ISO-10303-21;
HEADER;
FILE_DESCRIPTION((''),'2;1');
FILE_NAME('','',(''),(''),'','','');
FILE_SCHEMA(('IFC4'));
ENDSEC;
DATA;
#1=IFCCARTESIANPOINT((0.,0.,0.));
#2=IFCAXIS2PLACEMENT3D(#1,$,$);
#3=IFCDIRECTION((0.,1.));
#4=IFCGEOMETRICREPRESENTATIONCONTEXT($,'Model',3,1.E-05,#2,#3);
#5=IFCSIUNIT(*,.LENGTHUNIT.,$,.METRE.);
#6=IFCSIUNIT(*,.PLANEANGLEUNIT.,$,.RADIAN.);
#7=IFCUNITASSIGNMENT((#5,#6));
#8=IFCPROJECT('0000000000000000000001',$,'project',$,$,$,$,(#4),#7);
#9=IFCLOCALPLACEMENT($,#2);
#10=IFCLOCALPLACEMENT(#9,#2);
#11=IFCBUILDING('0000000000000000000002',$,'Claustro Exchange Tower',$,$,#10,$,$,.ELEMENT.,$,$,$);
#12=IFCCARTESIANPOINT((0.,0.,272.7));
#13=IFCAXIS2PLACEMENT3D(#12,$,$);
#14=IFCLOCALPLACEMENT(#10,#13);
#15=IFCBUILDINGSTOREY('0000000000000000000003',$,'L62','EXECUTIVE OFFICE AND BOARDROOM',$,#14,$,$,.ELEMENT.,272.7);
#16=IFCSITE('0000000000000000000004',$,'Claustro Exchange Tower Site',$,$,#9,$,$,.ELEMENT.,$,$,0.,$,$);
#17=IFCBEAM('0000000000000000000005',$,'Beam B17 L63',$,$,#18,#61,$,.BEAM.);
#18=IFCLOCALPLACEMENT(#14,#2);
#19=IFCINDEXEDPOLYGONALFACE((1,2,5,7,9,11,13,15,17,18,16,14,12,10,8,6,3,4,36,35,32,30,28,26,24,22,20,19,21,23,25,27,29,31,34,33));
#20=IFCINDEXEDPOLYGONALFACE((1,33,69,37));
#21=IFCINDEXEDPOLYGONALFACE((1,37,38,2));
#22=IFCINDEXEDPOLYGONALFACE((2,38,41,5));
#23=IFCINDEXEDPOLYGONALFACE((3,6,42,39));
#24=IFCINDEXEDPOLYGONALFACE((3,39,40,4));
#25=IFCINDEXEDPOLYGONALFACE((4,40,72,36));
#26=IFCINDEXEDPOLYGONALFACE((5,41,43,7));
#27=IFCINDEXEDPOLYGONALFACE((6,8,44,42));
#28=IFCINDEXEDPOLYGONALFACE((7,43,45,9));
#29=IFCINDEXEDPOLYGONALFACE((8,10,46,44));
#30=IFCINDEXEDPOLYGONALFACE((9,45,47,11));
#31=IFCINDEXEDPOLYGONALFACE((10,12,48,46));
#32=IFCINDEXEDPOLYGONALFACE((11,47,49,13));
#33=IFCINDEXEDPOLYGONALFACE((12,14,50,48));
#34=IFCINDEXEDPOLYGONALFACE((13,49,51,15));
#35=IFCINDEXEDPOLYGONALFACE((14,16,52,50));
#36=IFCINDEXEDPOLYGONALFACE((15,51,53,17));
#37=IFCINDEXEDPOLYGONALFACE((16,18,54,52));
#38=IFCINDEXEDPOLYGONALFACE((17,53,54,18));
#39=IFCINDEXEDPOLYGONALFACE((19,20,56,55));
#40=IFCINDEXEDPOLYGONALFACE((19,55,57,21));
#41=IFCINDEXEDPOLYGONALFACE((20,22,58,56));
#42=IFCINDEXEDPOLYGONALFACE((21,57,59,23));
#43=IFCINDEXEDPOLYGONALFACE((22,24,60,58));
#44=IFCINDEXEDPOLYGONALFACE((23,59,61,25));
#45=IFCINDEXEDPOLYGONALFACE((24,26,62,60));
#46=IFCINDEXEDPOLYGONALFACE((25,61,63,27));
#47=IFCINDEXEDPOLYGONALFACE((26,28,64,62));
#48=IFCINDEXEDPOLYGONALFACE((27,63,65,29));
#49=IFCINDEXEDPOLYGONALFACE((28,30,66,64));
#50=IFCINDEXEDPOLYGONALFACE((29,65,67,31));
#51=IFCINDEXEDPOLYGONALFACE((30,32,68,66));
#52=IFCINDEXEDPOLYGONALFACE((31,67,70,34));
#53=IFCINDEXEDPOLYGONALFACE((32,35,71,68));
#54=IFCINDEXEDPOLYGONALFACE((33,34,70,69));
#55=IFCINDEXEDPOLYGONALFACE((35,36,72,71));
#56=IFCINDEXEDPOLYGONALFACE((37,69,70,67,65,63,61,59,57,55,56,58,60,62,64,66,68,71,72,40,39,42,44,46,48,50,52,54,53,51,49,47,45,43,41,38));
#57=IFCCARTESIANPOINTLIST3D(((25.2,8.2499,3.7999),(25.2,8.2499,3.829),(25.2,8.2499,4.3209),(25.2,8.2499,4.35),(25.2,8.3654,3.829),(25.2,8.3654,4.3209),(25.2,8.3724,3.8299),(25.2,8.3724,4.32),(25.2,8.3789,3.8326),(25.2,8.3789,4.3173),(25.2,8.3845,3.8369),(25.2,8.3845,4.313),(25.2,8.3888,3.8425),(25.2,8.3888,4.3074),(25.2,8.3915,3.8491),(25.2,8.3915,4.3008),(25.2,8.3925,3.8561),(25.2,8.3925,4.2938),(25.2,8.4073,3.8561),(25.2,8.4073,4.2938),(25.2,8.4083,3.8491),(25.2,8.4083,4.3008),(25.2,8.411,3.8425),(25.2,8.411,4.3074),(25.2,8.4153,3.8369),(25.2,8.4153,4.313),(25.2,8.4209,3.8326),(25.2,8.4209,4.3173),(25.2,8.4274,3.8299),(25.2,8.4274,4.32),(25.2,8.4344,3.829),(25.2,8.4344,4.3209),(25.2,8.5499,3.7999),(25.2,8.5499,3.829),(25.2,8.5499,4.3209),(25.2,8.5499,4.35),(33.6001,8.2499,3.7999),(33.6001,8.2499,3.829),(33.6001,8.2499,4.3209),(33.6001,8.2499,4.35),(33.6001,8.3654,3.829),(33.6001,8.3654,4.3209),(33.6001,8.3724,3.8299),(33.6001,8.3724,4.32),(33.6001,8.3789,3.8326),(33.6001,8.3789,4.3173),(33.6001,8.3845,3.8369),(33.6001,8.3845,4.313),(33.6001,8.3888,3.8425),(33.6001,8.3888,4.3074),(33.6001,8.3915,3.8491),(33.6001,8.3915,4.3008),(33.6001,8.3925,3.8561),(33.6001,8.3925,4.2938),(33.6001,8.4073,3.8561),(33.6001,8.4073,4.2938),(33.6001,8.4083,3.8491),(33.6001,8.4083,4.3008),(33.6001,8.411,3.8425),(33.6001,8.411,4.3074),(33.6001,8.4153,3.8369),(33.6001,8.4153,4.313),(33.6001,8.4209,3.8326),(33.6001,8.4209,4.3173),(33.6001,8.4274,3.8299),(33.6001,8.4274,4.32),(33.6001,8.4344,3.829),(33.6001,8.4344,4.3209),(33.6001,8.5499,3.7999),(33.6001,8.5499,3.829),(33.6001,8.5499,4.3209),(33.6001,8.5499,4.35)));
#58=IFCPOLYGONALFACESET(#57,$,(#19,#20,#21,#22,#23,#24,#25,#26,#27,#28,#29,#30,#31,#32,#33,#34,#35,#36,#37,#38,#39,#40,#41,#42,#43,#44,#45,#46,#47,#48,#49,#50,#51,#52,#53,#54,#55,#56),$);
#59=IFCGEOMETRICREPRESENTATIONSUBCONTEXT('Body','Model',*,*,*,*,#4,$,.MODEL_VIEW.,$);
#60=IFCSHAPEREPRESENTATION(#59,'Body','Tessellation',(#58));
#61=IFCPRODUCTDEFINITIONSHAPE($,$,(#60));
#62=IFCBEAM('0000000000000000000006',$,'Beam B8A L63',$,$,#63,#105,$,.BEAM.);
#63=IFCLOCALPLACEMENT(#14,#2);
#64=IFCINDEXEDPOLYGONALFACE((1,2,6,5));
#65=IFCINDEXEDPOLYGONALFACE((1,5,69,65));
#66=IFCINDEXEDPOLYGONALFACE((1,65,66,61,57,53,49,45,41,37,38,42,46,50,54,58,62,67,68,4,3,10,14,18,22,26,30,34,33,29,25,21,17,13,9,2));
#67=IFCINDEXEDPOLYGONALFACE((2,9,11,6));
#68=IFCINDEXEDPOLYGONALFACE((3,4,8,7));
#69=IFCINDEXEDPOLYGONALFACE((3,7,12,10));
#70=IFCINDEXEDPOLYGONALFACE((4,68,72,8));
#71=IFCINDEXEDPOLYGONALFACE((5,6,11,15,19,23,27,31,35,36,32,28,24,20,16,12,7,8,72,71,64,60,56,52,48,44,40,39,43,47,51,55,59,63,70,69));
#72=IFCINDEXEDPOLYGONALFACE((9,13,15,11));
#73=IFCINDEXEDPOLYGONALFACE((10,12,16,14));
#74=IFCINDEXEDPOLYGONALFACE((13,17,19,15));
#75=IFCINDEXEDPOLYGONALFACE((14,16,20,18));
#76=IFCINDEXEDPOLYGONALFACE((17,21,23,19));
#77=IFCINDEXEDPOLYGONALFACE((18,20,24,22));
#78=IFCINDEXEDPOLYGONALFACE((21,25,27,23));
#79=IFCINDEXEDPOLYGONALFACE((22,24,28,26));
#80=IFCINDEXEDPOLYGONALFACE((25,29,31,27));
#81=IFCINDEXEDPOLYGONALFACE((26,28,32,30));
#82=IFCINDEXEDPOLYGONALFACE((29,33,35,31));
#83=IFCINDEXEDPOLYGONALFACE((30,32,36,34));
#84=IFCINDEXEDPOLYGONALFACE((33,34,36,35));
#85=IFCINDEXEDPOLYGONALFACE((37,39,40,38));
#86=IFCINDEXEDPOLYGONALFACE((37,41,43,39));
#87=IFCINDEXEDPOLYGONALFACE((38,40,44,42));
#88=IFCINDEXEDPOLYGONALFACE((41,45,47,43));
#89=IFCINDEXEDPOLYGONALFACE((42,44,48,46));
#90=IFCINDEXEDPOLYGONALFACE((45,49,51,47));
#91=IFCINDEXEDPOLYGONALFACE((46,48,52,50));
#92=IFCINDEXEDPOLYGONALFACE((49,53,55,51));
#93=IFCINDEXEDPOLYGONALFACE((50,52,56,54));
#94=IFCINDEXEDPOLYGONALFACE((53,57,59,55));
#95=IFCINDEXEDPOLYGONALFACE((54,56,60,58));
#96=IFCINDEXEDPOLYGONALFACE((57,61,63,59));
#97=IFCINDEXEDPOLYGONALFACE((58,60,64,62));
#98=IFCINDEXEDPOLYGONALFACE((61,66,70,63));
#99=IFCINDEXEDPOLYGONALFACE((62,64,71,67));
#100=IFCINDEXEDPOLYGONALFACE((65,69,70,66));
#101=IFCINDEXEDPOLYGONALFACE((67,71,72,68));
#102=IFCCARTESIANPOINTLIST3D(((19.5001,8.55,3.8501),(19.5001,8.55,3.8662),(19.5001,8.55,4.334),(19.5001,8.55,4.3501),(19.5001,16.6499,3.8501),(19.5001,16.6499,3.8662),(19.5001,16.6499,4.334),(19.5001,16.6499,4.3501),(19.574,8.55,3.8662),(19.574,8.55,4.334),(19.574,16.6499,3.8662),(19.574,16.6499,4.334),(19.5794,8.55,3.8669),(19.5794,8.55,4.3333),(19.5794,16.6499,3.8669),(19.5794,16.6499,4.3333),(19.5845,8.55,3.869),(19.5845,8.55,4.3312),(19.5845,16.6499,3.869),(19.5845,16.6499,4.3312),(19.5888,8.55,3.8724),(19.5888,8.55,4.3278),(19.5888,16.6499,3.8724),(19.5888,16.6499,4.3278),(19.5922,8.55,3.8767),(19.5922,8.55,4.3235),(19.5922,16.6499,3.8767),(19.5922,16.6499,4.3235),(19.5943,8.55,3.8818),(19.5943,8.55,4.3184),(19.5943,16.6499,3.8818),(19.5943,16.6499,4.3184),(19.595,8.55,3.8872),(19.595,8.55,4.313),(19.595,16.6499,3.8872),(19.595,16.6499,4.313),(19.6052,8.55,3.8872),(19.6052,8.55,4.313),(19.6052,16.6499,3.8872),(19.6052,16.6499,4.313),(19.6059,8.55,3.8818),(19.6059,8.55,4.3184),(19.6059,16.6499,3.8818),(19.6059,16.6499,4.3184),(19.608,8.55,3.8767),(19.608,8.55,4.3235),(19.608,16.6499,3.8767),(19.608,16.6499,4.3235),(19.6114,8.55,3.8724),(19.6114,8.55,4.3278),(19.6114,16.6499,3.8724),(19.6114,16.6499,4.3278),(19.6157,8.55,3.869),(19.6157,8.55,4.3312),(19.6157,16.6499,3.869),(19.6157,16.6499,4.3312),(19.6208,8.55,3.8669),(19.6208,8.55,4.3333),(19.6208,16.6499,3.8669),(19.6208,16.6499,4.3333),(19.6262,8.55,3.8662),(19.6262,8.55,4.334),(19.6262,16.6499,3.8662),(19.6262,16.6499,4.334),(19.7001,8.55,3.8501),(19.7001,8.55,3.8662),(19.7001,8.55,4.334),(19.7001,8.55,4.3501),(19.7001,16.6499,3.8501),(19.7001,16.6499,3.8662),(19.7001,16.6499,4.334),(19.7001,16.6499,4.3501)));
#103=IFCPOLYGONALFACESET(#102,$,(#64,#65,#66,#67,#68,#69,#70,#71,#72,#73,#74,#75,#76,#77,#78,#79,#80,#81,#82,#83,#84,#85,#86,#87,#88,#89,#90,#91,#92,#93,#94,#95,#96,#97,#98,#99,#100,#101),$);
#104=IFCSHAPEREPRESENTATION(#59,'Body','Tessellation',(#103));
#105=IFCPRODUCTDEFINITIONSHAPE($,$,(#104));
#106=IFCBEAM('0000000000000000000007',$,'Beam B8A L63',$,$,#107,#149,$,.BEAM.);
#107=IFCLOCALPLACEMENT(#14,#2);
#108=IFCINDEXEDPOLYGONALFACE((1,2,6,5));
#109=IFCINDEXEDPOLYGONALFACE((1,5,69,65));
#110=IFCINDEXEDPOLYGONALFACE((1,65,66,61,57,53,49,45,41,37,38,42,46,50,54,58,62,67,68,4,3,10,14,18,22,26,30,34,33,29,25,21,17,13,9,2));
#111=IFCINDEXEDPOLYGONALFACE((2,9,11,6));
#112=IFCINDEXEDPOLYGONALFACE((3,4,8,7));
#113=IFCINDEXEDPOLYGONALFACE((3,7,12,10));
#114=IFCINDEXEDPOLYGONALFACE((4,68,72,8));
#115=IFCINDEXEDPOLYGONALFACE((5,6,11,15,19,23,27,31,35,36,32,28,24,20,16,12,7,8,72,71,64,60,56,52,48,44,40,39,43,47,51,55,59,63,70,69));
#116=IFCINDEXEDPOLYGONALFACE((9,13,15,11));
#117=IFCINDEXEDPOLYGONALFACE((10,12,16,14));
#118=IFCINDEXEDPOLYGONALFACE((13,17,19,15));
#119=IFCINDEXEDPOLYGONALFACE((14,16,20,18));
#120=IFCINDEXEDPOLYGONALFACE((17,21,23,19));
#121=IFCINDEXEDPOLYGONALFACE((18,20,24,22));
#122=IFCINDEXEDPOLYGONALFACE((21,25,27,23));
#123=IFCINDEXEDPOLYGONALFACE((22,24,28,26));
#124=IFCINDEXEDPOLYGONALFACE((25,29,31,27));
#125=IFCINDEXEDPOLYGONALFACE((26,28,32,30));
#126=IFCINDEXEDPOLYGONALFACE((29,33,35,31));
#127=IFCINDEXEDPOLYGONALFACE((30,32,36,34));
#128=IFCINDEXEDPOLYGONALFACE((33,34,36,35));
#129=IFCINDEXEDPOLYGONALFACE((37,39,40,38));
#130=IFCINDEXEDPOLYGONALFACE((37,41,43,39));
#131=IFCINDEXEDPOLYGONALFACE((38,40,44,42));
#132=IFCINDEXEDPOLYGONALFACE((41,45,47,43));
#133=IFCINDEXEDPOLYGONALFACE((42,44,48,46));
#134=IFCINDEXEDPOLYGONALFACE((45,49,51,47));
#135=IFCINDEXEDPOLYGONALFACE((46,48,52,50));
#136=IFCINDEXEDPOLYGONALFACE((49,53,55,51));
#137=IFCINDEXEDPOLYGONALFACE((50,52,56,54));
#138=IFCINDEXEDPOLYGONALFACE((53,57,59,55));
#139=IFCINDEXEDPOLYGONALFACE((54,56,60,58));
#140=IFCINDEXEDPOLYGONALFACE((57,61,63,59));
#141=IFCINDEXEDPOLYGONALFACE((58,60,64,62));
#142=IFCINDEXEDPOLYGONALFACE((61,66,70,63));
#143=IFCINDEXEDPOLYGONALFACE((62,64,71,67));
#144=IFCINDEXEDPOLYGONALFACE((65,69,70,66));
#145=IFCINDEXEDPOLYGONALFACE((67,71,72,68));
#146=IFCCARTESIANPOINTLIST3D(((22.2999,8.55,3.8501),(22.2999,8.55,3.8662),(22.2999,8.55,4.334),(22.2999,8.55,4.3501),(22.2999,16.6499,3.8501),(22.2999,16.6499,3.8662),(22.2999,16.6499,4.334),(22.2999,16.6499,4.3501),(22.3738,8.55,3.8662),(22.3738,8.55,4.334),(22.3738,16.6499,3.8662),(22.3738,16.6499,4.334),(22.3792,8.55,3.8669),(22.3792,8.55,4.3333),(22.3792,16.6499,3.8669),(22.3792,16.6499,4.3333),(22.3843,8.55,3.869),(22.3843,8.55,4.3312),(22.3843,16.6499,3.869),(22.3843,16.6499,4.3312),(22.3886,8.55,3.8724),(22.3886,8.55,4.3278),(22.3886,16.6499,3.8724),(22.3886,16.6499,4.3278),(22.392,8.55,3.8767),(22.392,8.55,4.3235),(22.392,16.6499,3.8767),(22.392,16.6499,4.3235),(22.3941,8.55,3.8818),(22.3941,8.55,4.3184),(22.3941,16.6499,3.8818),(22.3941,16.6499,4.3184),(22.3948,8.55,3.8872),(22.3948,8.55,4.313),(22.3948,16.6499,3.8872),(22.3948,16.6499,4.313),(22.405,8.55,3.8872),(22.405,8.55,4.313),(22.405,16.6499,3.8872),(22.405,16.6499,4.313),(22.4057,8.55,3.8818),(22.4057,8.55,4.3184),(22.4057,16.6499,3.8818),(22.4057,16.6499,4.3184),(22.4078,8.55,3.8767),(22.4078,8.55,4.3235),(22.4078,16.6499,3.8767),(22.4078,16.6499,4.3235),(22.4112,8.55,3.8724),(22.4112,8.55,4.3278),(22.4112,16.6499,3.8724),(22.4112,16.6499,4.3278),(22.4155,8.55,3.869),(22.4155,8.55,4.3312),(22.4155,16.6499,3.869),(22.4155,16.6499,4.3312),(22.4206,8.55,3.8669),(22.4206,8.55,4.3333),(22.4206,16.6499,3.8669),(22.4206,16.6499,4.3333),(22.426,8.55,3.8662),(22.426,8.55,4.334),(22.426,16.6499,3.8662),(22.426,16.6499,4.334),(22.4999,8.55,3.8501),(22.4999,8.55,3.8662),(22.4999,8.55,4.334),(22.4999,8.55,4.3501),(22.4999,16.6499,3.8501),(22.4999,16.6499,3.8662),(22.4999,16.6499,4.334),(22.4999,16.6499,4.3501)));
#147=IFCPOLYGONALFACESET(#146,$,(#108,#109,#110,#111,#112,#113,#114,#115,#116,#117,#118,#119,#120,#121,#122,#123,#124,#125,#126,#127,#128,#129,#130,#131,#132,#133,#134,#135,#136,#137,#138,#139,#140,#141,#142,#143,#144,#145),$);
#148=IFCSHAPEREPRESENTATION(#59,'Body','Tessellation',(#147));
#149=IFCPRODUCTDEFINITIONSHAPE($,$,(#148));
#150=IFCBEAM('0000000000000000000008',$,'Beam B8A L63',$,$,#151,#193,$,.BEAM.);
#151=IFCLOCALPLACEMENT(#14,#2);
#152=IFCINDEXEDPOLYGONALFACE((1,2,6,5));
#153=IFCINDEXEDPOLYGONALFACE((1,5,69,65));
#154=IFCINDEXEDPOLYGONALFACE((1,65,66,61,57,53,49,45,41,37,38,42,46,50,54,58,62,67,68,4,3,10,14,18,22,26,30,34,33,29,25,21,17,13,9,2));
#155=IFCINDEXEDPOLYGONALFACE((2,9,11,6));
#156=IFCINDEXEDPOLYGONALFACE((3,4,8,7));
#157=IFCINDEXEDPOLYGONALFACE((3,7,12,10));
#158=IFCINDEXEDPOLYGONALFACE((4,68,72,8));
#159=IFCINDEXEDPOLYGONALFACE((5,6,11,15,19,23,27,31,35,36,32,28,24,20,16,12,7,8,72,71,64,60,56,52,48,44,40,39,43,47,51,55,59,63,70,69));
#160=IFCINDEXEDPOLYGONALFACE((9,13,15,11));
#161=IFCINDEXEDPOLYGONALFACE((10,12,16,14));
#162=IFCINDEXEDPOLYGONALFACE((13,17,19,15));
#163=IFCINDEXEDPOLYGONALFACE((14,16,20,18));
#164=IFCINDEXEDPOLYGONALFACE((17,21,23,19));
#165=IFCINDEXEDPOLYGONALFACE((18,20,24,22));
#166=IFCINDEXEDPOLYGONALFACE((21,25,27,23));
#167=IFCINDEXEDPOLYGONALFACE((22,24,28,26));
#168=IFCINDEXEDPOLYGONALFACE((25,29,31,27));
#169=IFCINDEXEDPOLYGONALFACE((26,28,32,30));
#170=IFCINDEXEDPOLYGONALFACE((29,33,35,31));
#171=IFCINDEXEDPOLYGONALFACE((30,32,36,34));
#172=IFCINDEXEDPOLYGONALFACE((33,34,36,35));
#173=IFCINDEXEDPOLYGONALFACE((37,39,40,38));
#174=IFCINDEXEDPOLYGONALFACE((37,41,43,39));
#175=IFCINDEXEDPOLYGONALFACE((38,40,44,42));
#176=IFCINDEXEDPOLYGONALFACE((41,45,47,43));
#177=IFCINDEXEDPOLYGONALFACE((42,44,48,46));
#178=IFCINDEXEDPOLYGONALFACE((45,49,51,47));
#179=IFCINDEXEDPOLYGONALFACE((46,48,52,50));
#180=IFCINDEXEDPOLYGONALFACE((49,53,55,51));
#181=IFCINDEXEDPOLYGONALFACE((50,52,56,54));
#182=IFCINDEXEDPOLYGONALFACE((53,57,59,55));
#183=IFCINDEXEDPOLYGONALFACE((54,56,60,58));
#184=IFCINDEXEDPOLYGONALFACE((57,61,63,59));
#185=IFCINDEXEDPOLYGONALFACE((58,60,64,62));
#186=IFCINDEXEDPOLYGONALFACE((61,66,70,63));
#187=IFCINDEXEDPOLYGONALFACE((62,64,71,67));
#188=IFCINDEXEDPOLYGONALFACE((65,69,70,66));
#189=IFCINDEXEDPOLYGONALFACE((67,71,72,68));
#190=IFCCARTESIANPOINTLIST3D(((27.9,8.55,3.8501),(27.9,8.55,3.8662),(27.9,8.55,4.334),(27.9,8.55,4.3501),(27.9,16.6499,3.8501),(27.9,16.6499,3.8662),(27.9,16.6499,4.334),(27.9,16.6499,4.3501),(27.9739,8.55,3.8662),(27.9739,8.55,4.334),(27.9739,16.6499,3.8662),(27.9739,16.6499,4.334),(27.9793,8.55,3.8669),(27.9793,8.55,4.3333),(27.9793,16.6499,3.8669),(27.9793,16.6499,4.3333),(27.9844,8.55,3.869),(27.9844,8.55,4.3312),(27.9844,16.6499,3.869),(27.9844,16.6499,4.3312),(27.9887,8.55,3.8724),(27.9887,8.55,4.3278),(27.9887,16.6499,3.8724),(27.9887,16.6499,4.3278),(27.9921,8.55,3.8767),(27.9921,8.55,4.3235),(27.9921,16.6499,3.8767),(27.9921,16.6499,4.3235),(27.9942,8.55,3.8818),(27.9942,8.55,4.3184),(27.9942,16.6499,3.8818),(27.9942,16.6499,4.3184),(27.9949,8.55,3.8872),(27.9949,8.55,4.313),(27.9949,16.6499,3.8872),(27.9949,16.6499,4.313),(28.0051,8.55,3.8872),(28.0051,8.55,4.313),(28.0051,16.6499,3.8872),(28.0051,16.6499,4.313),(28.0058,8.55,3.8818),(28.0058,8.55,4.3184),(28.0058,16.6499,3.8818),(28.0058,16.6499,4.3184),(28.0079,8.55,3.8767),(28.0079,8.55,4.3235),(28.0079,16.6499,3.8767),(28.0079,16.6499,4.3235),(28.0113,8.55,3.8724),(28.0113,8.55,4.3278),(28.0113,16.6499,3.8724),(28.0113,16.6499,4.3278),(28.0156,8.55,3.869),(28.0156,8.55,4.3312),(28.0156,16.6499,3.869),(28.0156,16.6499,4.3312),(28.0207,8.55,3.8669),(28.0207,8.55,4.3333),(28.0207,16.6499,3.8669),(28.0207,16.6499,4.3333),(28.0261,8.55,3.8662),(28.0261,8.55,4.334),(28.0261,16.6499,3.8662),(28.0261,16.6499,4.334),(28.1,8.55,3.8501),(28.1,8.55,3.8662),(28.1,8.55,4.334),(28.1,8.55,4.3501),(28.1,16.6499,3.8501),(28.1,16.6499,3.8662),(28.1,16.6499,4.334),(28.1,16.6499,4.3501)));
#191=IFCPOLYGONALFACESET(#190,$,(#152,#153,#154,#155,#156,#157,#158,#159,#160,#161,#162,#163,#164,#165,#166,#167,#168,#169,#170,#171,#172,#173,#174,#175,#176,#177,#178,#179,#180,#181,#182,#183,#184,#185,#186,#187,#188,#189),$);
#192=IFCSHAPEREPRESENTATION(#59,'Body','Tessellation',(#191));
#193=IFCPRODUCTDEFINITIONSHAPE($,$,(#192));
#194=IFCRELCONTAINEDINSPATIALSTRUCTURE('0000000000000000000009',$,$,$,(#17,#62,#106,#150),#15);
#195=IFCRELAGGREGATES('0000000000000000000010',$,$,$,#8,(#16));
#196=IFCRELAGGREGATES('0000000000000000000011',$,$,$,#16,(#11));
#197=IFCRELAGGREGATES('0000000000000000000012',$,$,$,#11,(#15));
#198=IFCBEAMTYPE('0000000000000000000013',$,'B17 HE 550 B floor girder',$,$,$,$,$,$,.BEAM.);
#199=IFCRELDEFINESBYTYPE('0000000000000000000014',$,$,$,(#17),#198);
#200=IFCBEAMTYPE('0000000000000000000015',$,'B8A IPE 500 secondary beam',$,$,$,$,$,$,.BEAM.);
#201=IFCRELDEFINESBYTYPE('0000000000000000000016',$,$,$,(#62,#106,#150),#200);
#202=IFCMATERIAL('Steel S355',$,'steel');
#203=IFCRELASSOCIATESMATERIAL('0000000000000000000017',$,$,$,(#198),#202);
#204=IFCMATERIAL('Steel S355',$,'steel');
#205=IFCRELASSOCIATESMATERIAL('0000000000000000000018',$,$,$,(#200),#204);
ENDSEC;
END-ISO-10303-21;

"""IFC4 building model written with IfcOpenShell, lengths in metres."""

from ifc_helpers import new_model, si_unit, direction, frame, origin, origin_2d, place, context, subcontext, project, spatial, i_section, extrude, material, material_profile, profile_set, type_object, element, save


model = new_model("IFC4")

# Units and contexts
model_context = context("Model", 3, precision=1e-05, world=origin(), true_north=direction((0.0, 1.0)))
body_context = subcontext(model_context, "Body", "Model", "MODEL_VIEW")
ifc_project = project(units=[si_unit("LENGTHUNIT", "METRE"), si_unit("PLANEANGLEUNIT", "RADIAN")], contexts=[model_context])

# Site, building, storey
site_placement = place(None, origin())
site = spatial("IfcSite", under=ifc_project, at=site_placement, Name="Claustro Exchange Tower Site", CompositionType="ELEMENT", RefElevation=0.0)
building_placement = place(site_placement, origin())
building = spatial("IfcBuilding", under=site, at=building_placement, Name="Claustro Exchange Tower", CompositionType="ELEMENT")
storey_placement = place(building_placement, frame((0.0, 0.0, 272.7)))
storey = spatial("IfcBuildingStorey", under=building, at=storey_placement, Name="L62", Description="EXECUTIVE OFFICE AND BOARDROOM", CompositionType="ELEMENT", Elevation=272.7)

# Beams
ifc_material_1 = material(Name="Steel S355", Category="steel")
ifc_material_profile_1 = material_profile(ifc_material_1, i_section(OverallWidth=0.3, OverallDepth=0.55, WebThickness=0.0149, FlangeThickness=0.0291, FilletRadius=0.0271, at=origin_2d()), Name="HE 550 B")
ifc_profile_set_1 = profile_set([ifc_material_profile_1], Name="Steel S355")
beam_type_1 = type_object("IfcBeamType", Name="B17 HE 550 B floor girder", PredefinedType="BEAM", material=ifc_profile_set_1)
for number, where, z_axis, x_axis, name in (
    (1, (25.2, 8.3999, 4.075), (1.0, 0.0, 0.0), (0.0, 1.0, 0.0), "Beam B17 L63"),
):
    element("IfcBeam", number, at=place(storey_placement, frame(where, z_axis=z_axis, x_axis=x_axis)), inside=storey, type_object=beam_type_1, Name=name, PredefinedType="BEAM", context=body_context, shape_type="SweptSolid", body=[
        extrude(i_section(OverallWidth=0.3, OverallDepth=0.55, WebThickness=0.0149, FlangeThickness=0.0291, FilletRadius=0.0271, at=origin_2d()), origin(), (0.0, 0.0, 1.0), 8.4001),
    ])
ifc_material_2 = material(Name="Steel S355", Category="steel")
ifc_material_profile_2 = material_profile(ifc_material_2, i_section(OverallWidth=0.2, OverallDepth=0.5, WebThickness=0.0103, FlangeThickness=0.0161, FilletRadius=0.021, at=origin_2d()), Name="IPE 500")
ifc_profile_set_2 = profile_set([ifc_material_profile_2], Name="Steel S355")
beam_type_2 = type_object("IfcBeamType", Name="B8A IPE 500 secondary beam", PredefinedType="BEAM", material=ifc_profile_set_2)
for number, where, z_axis, x_axis, name in (
    (2, (19.6001, 8.55, 4.1001), (0.0, 1.0, 0.0), (-1.0, 0.0, 0.0), "Beam B8A L63"),
    (3, (22.3999, 8.55, 4.1001), (0.0, 1.0, 0.0), (-1.0, 0.0, 0.0), "Beam B8A L63"),
    (4, (28.0, 8.55, 4.1001), (0.0, 1.0, 0.0), (-1.0, 0.0, 0.0), "Beam B8A L63"),
):
    element("IfcBeam", number, at=place(storey_placement, frame(where, z_axis=z_axis, x_axis=x_axis)), inside=storey, type_object=beam_type_2, Name=name, PredefinedType="BEAM", context=body_context, shape_type="SweptSolid", body=[
        extrude(i_section(OverallWidth=0.2, OverallDepth=0.5, WebThickness=0.0103, FlangeThickness=0.0161, FilletRadius=0.021, at=origin_2d()), origin(), (0.0, 0.0, 1.0), 8.0999),
    ])

save(model, "model.ifc")
